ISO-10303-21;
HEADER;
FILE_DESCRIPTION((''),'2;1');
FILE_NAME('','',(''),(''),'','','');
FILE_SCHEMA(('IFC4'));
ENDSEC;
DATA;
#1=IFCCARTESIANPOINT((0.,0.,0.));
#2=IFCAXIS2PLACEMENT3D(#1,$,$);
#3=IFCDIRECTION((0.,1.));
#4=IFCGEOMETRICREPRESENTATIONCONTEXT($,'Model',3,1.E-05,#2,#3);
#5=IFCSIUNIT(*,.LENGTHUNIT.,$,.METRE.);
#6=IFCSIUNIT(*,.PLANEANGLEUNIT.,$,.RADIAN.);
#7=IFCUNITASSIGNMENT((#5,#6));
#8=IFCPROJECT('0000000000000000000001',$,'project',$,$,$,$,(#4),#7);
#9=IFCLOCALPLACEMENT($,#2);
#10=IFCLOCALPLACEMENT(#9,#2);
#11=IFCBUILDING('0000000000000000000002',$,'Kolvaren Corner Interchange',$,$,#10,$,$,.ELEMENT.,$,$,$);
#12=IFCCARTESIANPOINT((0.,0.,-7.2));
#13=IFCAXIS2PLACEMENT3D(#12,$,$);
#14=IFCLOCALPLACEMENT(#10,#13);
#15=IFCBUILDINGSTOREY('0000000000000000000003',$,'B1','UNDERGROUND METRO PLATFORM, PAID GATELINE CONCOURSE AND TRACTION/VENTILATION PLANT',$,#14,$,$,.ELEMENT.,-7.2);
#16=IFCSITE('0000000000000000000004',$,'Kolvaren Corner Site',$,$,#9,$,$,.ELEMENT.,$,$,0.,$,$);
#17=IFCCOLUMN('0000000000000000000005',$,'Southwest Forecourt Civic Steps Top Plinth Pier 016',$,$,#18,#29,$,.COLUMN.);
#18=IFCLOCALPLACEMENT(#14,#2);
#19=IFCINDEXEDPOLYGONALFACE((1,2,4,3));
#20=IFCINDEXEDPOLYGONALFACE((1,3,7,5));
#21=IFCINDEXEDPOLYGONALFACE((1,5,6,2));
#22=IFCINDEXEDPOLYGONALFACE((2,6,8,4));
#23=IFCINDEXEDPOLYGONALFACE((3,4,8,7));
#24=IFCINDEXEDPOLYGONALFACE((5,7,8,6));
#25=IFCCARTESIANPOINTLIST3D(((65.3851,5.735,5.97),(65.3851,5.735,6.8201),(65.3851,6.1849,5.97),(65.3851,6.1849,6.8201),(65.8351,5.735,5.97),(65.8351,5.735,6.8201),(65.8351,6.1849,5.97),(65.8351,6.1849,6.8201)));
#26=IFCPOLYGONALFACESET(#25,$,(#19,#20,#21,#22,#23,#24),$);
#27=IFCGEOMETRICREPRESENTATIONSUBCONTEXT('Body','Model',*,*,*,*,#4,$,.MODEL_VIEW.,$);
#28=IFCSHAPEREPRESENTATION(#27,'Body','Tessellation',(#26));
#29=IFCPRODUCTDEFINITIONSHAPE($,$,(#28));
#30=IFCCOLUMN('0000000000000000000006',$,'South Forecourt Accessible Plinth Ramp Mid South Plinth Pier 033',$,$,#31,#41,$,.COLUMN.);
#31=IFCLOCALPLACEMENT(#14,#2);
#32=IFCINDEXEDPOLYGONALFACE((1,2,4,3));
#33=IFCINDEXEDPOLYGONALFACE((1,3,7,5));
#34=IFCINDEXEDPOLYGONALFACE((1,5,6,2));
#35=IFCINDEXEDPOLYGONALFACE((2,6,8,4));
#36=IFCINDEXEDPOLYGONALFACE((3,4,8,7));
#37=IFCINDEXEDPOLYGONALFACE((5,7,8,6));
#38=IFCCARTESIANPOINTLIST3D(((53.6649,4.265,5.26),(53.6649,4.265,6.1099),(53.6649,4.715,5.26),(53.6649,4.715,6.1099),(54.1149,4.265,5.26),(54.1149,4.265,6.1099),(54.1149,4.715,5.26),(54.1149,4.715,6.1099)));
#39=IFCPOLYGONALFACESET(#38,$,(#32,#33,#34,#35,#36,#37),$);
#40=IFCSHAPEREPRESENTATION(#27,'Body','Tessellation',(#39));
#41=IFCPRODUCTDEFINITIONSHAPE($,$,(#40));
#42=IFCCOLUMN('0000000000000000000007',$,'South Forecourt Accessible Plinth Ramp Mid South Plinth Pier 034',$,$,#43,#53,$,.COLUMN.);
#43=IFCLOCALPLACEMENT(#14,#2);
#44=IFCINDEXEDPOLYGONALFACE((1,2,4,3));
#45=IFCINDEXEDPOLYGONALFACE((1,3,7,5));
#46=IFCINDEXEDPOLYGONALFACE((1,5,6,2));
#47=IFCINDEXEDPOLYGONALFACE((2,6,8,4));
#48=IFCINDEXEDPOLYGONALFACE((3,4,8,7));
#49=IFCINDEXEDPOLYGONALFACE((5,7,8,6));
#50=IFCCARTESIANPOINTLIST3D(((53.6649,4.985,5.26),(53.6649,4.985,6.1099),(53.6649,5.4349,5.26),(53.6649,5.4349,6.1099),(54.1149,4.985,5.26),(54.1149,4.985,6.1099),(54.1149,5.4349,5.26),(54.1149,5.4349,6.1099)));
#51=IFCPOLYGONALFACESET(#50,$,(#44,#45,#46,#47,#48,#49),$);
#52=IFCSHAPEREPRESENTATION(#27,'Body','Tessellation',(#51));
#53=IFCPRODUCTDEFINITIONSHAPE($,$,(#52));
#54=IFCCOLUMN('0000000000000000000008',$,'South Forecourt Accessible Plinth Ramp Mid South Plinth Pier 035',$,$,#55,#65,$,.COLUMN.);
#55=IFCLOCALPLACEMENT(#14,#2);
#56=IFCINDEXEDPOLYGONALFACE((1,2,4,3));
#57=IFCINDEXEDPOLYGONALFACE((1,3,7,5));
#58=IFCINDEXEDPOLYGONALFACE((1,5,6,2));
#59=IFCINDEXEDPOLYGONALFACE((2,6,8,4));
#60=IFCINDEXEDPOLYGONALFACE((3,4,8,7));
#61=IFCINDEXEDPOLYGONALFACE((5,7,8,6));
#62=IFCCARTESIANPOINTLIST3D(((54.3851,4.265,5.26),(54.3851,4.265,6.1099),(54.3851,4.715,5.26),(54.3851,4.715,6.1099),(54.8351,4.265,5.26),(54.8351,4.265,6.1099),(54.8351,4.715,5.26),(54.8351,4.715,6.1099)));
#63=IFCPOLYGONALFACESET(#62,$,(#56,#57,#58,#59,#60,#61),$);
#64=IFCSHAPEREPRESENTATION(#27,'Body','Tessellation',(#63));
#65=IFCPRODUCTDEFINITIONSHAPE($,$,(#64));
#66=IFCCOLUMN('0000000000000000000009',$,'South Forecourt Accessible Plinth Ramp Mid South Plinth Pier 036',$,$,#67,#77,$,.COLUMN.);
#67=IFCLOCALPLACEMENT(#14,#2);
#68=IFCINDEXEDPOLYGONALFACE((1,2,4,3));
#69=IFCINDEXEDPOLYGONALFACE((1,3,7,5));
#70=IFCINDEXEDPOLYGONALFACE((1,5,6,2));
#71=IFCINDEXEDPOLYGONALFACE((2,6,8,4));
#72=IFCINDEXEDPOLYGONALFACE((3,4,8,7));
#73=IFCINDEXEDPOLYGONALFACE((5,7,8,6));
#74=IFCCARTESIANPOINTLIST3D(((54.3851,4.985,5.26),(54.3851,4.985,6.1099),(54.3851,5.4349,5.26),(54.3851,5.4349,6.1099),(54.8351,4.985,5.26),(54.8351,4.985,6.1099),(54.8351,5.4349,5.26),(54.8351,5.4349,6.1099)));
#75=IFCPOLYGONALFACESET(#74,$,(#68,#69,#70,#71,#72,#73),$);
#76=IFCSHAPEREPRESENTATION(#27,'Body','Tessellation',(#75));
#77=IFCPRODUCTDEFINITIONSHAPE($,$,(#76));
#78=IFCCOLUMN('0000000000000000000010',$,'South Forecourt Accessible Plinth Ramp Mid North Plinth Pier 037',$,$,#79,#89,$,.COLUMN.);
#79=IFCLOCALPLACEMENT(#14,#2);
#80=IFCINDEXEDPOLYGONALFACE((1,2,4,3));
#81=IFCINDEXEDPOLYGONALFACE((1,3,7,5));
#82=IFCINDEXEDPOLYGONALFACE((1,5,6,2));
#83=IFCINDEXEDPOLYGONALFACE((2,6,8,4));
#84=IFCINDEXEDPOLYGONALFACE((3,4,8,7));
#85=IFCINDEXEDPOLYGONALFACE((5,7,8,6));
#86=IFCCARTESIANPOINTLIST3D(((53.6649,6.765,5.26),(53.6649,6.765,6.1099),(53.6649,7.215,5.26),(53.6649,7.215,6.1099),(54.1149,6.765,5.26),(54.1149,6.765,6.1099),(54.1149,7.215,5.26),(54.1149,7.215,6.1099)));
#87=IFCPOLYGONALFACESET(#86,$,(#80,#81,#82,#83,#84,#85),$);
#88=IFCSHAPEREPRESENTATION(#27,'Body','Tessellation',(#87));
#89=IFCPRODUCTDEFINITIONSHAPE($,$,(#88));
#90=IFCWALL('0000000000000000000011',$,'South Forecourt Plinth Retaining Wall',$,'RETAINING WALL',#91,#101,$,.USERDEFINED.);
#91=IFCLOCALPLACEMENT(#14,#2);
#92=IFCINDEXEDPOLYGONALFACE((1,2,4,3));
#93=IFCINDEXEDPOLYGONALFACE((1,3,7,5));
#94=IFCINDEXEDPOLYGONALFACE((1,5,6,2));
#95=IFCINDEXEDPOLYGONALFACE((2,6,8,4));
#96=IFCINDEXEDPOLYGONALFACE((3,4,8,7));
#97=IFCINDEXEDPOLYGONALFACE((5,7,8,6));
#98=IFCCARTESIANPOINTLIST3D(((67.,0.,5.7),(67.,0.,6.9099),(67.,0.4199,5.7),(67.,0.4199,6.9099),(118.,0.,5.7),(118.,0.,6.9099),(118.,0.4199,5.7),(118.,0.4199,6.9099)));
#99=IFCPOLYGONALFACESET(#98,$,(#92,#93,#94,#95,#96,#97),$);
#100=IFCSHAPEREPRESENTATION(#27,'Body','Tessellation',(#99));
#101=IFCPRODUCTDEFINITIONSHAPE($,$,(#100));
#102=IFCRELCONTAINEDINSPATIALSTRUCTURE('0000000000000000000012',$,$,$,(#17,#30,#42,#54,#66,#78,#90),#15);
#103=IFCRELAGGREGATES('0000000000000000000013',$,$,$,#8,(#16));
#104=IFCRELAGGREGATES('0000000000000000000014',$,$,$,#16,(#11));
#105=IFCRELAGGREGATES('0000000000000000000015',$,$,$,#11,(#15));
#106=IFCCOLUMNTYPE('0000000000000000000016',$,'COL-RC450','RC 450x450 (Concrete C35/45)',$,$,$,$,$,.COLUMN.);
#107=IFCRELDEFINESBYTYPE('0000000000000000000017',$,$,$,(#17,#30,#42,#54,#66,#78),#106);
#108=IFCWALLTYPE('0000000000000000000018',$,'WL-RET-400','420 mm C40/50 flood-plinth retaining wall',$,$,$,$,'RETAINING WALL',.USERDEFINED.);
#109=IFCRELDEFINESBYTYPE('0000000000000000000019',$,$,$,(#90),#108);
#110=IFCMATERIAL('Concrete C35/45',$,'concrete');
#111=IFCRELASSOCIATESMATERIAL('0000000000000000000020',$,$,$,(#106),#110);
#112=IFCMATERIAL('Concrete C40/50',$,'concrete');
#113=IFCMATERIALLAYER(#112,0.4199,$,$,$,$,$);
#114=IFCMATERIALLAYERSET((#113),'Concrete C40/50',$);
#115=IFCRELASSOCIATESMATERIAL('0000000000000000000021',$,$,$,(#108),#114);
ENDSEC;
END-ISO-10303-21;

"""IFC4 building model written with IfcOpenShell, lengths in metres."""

from ifc_helpers import new_model, si_unit, direction, frame, frame_2d, origin, origin_2d, place, context, subcontext, project, spatial, rectangle, extrude, material, layer, layer_set, material_profile, profile_set, type_object, element, save


model = new_model("IFC4")

# Units and contexts
model_context = context("Model", 3, precision=1e-05, world=origin(), true_north=direction((0.0, 1.0)))
body_context = subcontext(model_context, "Body", "Model", "MODEL_VIEW")
ifc_project = project(units=[si_unit("LENGTHUNIT", "METRE"), si_unit("PLANEANGLEUNIT", "RADIAN")], contexts=[model_context])

# Site, building, storey
site_placement = place(None, origin())
site = spatial("IfcSite", under=ifc_project, at=site_placement, Name="Kolvaren Corner Site", CompositionType="ELEMENT", RefElevation=0.0)
building_placement = place(site_placement, origin())
building = spatial("IfcBuilding", under=site, at=building_placement, Name="Kolvaren Corner Interchange", CompositionType="ELEMENT")
storey_placement = place(building_placement, frame((0.0, 0.0, -7.2)))
storey = spatial("IfcBuildingStorey", under=building, at=storey_placement, Name="B1", Description="UNDERGROUND METRO PLATFORM, PAID GATELINE CONCOURSE AND TRACTION/VENTILATION PLANT", CompositionType="ELEMENT", Elevation=-7.2)

# Columns
ifc_material_1 = material(Name="Concrete C35/45", Category="concrete")
ifc_material_profile_1 = material_profile(ifc_material_1, rectangle(XDim=0.45, YDim=0.45, at=origin_2d()), Name="RC 450x450")
ifc_profile_set_1 = profile_set([ifc_material_profile_1], Name="Concrete C35/45")
column_type = type_object("IfcColumnType", Name="COL-RC450", Description="RC 450x450 (Concrete C35/45)", PredefinedType="COLUMN", material=ifc_profile_set_1)
for number, where, z_axis, x_axis, name in (
    (1, (65.6101, 5.96, 5.97), (0.0, 0.0, 1.0), (1.0, 0.0, 0.0), "Southwest Forecourt Civic Steps Top Plinth Pier 016"),
):
    element("IfcColumn", number, at=place(storey_placement, frame(where, z_axis=z_axis, x_axis=x_axis)), inside=storey, type_object=column_type, Name=name, PredefinedType="COLUMN", context=body_context, shape_type="SweptSolid", body=[
        extrude(rectangle(XDim=0.45, YDim=0.45, at=origin_2d()), origin(), (0.0, 0.0, 1.0), 0.8501),
    ])
for number, where, z_axis, x_axis, name in (
    (2, (53.8899, 4.49, 5.26), (0.0, 0.0, 1.0), (1.0, 0.0, 0.0), "South Forecourt Accessible Plinth Ramp Mid South Plinth Pier 033"),
    (3, (53.8899, 5.21, 5.26), (0.0, 0.0, 1.0), (1.0, 0.0, 0.0), "South Forecourt Accessible Plinth Ramp Mid South Plinth Pier 034"),
    (4, (54.6101, 4.49, 5.26), (0.0, 0.0, 1.0), (1.0, 0.0, 0.0), "South Forecourt Accessible Plinth Ramp Mid South Plinth Pier 035"),
    (5, (54.6101, 5.21, 5.26), (0.0, 0.0, 1.0), (1.0, 0.0, 0.0), "South Forecourt Accessible Plinth Ramp Mid South Plinth Pier 036"),
    (6, (53.8899, 6.99, 5.26), (0.0, 0.0, 1.0), (1.0, 0.0, 0.0), "South Forecourt Accessible Plinth Ramp Mid North Plinth Pier 037"),
):
    element("IfcColumn", number, at=place(storey_placement, frame(where, z_axis=z_axis, x_axis=x_axis)), inside=storey, type_object=column_type, Name=name, PredefinedType="COLUMN", context=body_context, shape_type="SweptSolid", body=[
        extrude(rectangle(XDim=0.45, YDim=0.45, at=origin_2d()), origin(), (0.0, 0.0, 1.0), 0.8499),
    ])

# Wall
ifc_material_2 = material(Name="Concrete C40/50", Category="concrete")
ifc_layer = layer(ifc_material_2, 0.4199)
ifc_layer_set = layer_set([ifc_layer], Name="Concrete C40/50")
wall_type = type_object("IfcWallType", Name="WL-RET-400", Description="420 mm C40/50 flood-plinth retaining wall", ElementType="RETAINING WALL", PredefinedType="USERDEFINED", material=ifc_layer_set)
wall_placement = place(storey_placement, frame((67.0, 0.21, 5.7), z_axis=(0.0, 0.0, 1.0), x_axis=(1.0, 0.0, 0.0)))
element("IfcWall", 7, at=wall_placement, inside=storey, type_object=wall_type, Name="South Forecourt Plinth Retaining Wall", ObjectType="RETAINING WALL", PredefinedType="USERDEFINED", context=body_context, shape_type="SweptSolid", body=[
    extrude(rectangle(XDim=51.0, YDim=0.4199, at=frame_2d((25.5, 0.0))), origin(), (0.0, 0.0, 1.0), 1.21),
])

save(model, "model.ifc")
